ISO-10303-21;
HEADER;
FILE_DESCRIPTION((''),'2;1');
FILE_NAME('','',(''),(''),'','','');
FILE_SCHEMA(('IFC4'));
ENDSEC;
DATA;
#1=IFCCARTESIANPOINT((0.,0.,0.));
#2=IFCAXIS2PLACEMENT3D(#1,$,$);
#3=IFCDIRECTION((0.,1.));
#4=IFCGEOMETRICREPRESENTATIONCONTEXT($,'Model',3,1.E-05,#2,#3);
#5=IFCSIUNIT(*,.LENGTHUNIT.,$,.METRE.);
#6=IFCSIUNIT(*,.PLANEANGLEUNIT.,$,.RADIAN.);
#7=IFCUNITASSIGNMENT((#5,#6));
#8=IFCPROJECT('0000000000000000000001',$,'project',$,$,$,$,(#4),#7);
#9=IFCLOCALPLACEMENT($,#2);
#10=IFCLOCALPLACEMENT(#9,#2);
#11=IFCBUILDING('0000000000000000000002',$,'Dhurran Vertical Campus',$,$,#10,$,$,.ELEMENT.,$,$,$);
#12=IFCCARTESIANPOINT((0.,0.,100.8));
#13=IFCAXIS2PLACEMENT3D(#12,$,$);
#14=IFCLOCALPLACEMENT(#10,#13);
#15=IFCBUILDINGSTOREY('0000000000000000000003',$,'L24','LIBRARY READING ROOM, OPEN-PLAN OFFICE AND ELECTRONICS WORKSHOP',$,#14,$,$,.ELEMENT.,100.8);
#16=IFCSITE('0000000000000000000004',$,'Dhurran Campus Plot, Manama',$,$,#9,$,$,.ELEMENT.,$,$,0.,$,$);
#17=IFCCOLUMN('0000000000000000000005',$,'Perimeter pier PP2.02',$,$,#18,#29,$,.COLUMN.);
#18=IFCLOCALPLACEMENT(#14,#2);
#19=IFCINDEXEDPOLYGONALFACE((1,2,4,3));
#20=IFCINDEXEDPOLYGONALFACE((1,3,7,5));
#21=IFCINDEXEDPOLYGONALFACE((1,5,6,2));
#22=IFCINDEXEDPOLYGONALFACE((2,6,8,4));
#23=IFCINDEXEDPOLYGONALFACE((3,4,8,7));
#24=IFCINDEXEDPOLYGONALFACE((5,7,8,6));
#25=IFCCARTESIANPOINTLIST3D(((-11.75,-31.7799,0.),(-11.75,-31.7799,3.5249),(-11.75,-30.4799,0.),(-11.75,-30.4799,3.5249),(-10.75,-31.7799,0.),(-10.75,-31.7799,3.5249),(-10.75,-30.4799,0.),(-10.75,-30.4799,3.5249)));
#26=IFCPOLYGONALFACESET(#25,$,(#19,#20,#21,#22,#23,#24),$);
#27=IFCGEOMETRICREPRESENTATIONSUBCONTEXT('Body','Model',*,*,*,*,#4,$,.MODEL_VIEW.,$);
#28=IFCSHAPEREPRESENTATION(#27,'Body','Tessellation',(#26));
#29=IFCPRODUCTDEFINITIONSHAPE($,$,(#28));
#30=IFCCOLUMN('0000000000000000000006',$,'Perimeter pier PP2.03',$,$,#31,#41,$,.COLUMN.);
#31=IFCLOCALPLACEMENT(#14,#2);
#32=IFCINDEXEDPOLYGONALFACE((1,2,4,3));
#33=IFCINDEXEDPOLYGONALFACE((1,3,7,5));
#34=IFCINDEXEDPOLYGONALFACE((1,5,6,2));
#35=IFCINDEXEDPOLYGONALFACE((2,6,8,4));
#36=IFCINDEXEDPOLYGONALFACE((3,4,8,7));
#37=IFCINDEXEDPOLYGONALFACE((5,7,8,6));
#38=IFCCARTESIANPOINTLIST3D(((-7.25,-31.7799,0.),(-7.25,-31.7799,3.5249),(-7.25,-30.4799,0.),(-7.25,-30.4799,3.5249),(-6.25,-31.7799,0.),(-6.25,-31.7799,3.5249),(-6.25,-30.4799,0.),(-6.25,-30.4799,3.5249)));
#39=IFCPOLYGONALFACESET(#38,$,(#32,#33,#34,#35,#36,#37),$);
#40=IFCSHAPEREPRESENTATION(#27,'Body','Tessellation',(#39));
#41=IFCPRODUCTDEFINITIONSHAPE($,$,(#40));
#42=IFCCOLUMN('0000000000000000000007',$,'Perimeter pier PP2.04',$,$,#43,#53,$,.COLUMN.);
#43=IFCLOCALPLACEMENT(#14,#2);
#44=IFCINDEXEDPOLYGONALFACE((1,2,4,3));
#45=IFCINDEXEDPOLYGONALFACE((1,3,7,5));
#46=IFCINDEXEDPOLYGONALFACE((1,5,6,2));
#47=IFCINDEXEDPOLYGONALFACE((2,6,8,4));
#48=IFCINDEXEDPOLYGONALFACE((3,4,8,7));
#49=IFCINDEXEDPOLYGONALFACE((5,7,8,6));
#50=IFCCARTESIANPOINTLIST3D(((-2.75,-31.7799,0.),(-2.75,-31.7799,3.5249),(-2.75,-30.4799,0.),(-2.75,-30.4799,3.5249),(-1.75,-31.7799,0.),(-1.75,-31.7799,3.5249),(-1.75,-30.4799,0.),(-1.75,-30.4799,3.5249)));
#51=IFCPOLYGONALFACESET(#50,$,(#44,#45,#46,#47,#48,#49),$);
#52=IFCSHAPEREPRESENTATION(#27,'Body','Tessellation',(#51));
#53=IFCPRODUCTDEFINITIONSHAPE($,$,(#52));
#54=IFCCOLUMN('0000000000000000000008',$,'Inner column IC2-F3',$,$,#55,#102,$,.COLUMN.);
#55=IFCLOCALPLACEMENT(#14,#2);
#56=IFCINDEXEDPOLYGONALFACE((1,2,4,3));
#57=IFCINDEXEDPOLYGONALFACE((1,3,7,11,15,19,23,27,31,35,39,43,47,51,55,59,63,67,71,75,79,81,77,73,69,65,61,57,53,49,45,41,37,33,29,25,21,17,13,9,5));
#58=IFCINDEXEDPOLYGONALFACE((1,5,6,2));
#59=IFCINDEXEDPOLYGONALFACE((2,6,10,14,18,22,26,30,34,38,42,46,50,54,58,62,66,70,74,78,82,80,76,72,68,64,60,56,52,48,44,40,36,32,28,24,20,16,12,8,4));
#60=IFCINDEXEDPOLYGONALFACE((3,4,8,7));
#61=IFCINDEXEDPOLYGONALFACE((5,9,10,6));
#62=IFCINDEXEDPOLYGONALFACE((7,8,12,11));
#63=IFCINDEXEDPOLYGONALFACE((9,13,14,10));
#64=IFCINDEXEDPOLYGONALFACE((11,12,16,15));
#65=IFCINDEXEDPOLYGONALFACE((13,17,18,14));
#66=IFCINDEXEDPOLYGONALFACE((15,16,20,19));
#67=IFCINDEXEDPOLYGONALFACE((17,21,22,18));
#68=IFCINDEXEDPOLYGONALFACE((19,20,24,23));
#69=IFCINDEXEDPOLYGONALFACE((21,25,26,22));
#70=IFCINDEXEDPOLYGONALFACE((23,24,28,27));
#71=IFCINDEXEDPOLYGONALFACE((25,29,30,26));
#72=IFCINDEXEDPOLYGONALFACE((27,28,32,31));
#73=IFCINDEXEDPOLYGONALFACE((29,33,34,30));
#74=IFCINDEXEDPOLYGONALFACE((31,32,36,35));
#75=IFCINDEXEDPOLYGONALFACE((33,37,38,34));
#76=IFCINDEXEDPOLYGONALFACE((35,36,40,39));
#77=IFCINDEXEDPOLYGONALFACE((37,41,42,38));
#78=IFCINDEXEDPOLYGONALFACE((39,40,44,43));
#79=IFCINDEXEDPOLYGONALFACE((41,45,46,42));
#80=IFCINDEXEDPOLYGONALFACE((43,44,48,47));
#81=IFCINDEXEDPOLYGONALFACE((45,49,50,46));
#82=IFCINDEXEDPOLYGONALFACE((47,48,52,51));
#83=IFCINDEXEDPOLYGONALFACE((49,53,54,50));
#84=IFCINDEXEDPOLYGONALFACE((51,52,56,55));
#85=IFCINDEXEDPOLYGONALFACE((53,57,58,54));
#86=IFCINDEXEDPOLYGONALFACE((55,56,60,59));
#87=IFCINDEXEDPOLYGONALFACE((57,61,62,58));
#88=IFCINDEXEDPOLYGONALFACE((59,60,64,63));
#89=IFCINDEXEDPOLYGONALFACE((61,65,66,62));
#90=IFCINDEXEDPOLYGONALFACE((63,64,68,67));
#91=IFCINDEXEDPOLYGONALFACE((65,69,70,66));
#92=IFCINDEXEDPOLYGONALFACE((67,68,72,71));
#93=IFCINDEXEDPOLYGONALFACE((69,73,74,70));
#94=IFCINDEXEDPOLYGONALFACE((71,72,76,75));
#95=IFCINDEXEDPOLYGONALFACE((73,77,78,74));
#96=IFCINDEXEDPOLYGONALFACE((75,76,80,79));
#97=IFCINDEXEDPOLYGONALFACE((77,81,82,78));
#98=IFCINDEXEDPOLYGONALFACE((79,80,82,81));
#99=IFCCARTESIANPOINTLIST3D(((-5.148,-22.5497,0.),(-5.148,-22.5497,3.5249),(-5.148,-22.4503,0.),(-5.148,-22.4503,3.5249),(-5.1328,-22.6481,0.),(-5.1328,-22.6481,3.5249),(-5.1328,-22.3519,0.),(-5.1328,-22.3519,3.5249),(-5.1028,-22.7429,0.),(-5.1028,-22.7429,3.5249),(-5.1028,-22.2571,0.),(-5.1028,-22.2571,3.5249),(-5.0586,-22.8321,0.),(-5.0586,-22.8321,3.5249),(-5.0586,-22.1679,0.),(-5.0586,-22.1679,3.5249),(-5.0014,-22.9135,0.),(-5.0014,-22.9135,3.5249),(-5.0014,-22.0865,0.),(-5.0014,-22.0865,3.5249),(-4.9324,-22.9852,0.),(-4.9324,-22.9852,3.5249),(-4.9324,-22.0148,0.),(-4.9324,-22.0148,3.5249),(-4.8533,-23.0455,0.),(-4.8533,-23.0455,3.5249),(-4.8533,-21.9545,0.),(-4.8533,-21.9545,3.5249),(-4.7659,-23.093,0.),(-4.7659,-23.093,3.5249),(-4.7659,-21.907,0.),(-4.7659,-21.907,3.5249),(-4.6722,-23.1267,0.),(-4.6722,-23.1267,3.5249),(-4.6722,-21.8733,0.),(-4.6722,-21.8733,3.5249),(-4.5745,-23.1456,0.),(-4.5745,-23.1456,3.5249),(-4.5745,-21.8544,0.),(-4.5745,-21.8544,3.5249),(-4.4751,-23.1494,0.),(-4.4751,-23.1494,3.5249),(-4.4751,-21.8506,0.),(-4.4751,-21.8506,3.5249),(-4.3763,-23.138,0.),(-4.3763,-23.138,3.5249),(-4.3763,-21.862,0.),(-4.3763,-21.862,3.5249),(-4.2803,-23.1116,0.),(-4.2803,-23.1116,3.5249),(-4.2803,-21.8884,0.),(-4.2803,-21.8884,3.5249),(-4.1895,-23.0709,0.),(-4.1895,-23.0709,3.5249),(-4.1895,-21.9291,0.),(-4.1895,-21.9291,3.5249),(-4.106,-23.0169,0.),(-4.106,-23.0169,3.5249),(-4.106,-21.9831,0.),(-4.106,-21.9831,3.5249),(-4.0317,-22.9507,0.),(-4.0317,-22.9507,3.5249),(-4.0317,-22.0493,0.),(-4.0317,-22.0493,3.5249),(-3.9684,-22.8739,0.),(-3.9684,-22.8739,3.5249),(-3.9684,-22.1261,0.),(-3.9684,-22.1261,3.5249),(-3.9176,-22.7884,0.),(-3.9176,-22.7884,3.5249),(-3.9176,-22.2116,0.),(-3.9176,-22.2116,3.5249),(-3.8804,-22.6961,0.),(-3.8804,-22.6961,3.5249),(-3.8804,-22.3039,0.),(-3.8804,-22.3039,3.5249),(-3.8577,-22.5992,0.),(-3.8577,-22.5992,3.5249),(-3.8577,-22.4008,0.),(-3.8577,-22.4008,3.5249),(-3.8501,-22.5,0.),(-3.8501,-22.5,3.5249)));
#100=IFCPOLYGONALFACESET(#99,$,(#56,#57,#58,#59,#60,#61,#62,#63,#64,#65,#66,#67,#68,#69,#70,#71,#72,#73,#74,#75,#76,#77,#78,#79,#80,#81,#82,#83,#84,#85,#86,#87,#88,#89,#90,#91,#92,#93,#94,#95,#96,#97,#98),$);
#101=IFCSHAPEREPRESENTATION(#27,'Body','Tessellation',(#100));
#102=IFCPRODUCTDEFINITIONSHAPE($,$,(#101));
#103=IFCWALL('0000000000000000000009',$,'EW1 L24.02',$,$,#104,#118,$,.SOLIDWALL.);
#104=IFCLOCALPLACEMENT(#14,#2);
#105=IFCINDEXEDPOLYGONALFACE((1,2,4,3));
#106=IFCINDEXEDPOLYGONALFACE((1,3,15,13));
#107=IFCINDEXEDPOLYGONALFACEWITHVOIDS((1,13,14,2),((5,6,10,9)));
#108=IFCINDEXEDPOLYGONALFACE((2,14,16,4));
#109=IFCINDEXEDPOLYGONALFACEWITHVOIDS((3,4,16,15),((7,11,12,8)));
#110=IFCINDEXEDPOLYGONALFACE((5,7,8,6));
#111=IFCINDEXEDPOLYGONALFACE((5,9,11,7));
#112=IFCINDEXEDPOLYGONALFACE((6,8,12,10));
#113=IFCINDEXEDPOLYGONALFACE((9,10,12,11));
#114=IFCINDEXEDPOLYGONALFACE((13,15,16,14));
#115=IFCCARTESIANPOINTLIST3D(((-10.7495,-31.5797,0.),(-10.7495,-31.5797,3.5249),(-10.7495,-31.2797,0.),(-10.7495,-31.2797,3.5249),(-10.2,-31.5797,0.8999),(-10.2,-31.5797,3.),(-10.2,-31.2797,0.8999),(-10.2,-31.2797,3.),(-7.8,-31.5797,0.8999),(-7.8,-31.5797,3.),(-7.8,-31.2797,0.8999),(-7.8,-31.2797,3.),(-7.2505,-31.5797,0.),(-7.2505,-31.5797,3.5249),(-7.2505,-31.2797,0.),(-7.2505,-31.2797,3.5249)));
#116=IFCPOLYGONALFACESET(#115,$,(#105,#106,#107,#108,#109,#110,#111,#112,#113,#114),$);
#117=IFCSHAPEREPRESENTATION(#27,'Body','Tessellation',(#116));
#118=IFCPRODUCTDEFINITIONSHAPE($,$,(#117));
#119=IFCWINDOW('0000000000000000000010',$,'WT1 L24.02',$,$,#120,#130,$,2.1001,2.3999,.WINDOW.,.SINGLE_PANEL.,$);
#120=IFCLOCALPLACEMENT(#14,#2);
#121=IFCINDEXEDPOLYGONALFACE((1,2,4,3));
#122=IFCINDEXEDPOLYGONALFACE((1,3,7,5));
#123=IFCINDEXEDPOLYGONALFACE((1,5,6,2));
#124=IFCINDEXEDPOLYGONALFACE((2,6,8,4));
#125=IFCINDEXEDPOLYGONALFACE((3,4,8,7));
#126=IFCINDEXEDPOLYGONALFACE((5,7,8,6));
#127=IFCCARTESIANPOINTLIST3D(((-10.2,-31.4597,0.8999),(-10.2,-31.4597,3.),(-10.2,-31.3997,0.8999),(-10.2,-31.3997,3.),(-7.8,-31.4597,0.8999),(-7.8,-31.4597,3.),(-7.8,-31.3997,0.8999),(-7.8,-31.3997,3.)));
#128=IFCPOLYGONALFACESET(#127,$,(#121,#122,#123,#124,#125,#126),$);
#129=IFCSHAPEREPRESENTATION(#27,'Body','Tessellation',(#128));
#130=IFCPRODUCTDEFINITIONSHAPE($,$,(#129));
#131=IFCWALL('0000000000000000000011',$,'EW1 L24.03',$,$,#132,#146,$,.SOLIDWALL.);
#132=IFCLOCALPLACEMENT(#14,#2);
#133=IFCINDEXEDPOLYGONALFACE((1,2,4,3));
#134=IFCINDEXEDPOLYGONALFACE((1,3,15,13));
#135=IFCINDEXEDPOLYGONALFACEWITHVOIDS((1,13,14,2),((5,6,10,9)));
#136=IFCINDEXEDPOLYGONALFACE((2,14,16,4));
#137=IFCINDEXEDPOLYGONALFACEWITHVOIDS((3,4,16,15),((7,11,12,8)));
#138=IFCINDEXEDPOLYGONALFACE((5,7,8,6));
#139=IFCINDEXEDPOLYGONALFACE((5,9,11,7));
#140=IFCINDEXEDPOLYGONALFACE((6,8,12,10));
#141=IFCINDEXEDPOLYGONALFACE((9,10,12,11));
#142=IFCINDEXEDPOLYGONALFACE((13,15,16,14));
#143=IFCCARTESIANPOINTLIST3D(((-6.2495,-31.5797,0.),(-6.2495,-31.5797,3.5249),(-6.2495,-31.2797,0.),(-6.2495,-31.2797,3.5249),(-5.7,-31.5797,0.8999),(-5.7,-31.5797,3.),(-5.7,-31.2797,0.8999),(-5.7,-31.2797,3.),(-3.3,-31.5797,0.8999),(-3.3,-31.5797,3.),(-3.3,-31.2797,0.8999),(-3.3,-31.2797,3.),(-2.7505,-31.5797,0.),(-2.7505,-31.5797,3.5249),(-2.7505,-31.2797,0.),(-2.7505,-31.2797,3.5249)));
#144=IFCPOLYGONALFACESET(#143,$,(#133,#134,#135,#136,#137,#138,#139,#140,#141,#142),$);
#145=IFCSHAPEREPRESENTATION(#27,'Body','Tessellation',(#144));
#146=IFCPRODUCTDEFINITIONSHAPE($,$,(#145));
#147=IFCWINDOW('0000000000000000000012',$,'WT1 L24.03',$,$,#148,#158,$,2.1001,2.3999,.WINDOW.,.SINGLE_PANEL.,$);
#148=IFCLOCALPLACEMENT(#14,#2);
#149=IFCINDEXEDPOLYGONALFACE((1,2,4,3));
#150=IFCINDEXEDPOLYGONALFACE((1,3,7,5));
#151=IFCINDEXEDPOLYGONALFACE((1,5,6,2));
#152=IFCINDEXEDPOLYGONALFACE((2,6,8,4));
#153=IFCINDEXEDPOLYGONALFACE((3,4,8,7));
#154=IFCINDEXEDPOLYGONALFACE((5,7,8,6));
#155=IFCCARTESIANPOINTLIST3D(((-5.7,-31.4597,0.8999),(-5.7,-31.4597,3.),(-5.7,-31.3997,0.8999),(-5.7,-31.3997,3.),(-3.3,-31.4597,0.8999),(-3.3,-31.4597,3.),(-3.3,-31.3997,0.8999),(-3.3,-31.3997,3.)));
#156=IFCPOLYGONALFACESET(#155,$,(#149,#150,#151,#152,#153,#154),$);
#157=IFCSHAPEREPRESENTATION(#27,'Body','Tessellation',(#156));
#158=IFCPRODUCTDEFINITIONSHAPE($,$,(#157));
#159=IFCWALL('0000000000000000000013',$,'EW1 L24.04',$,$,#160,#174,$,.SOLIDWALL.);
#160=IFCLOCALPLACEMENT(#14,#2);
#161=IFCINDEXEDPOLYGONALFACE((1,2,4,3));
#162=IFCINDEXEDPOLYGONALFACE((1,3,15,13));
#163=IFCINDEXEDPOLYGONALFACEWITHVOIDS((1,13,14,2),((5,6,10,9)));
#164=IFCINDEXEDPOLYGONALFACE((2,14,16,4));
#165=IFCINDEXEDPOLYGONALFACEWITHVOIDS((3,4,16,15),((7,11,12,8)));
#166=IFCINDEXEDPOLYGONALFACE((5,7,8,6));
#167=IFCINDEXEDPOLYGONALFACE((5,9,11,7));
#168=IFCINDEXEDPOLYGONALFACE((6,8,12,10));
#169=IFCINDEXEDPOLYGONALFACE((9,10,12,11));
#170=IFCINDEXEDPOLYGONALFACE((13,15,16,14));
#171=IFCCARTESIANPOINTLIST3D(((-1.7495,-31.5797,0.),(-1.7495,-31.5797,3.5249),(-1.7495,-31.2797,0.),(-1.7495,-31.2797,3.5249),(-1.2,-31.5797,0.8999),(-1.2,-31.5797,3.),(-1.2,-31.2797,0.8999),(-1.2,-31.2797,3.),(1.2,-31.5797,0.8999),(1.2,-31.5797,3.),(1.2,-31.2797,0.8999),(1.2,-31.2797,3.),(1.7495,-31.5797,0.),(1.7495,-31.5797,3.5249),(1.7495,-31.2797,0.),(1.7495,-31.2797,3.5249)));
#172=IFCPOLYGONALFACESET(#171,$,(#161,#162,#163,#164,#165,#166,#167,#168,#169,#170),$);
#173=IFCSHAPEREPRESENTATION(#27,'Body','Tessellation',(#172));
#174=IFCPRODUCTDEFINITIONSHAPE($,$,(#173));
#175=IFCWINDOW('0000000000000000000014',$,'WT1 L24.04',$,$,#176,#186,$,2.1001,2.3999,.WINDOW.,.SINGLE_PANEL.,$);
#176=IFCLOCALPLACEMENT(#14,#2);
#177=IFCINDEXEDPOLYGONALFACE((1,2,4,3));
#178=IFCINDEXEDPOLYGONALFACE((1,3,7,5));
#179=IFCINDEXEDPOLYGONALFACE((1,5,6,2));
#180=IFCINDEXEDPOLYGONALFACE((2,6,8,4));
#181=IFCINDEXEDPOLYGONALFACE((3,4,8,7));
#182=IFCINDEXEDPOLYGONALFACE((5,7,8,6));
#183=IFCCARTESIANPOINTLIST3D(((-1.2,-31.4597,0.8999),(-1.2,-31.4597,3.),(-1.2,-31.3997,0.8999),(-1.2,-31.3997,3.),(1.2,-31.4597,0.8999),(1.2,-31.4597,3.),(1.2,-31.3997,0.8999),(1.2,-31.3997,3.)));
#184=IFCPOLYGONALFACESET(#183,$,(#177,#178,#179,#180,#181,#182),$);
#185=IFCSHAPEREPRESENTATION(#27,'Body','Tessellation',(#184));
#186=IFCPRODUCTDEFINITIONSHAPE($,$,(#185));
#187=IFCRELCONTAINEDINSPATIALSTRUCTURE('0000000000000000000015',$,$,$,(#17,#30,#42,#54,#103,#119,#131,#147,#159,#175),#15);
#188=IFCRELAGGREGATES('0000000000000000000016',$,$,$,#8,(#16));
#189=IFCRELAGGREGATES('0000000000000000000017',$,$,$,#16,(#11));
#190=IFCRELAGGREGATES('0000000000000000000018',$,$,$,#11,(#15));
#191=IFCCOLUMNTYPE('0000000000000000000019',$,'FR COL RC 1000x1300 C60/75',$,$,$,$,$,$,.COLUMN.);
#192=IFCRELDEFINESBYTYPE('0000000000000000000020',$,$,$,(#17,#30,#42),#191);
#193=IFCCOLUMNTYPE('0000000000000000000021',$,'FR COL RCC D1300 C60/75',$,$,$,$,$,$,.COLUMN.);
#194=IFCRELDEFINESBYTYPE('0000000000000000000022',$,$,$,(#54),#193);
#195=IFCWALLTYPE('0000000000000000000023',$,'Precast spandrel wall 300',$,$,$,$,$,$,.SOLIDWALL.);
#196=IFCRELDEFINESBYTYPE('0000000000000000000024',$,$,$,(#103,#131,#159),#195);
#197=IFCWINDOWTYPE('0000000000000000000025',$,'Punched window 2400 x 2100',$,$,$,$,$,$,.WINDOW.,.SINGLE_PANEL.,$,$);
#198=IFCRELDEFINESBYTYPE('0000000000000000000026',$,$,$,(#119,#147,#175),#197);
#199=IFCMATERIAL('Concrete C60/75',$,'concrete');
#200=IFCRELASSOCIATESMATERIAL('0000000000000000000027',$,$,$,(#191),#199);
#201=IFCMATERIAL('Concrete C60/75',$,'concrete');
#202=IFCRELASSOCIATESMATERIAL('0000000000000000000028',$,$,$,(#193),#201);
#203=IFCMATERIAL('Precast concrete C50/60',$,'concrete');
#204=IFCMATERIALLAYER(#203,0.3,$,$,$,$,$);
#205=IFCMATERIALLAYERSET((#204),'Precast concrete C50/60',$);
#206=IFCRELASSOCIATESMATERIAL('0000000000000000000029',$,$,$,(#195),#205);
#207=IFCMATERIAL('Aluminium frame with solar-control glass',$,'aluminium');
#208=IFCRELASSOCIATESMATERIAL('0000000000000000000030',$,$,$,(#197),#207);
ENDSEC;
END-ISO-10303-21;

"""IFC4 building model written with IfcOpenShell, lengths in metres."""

from ifc_helpers import new_model, si_unit, direction, frame, frame_2d, origin, origin_2d, place, context, subcontext, project, spatial, rectangle, circle, extrude, material, layer, layer_set, material_profile, profile_set, type_object, element, fill, save


model = new_model("IFC4")

# Units and contexts
model_context = context("Model", 3, precision=1e-05, world=origin(), true_north=direction((0.0, 1.0)))
body_context = subcontext(model_context, "Body", "Model", "MODEL_VIEW")
ifc_project = project(units=[si_unit("LENGTHUNIT", "METRE"), si_unit("PLANEANGLEUNIT", "RADIAN")], contexts=[model_context])

# Site, building, storey
site_placement = place(None, origin())
site = spatial("IfcSite", under=ifc_project, at=site_placement, Name="Dhurran Campus Plot, Manama", CompositionType="ELEMENT", RefElevation=0.0)
building_placement = place(site_placement, origin())
building = spatial("IfcBuilding", under=site, at=building_placement, Name="Dhurran Vertical Campus", CompositionType="ELEMENT")
storey_placement = place(building_placement, frame((0.0, 0.0, 100.8)))
storey = spatial("IfcBuildingStorey", under=building, at=storey_placement, Name="L24", Description="LIBRARY READING ROOM, OPEN-PLAN OFFICE AND ELECTRONICS WORKSHOP", CompositionType="ELEMENT", Elevation=100.8)

# Columns
ifc_material_1 = material(Name="Concrete C60/75", Category="concrete")
ifc_material_profile_1 = material_profile(ifc_material_1, rectangle(XDim=1.0, YDim=1.3, at=origin_2d()), Name="RC 1000x1300")
ifc_profile_set_1 = profile_set([ifc_material_profile_1], Name="Concrete C60/75")
column_type_1 = type_object("IfcColumnType", Name="FR COL RC 1000x1300 C60/75", PredefinedType="COLUMN", material=ifc_profile_set_1)
for number, where, z_axis, x_axis, name in (
    (1, (-11.25, -31.1299, 0.0), (0.0, 0.0, 1.0), (1.0, 0.0, 0.0), "Perimeter pier PP2.02"),
    (2, (-6.75, -31.1299, 0.0), (0.0, 0.0, 1.0), (1.0, 0.0, 0.0), "Perimeter pier PP2.03"),
    (3, (-2.25, -31.1299, 0.0), (0.0, 0.0, 1.0), (1.0, 0.0, 0.0), "Perimeter pier PP2.04"),
):
    element("IfcColumn", number, at=place(storey_placement, frame(where, z_axis=z_axis, x_axis=x_axis)), inside=storey, type_object=column_type_1, Name=name, PredefinedType="COLUMN", context=body_context, shape_type="SweptSolid", body=[
        extrude(rectangle(XDim=1.0, YDim=1.3, at=origin_2d()), origin(), (0.0, 0.0, 1.0), 3.5249),
    ])
ifc_material_2 = material(Name="Concrete C60/75", Category="concrete")
ifc_material_profile_2 = material_profile(ifc_material_2, circle(Radius=0.6499, at=origin_2d()), Name="RCC D1300")
ifc_profile_set_2 = profile_set([ifc_material_profile_2], Name="Concrete C60/75")
column_type_2 = type_object("IfcColumnType", Name="FR COL RCC D1300 C60/75", PredefinedType="COLUMN", material=ifc_profile_set_2)
column_placement = place(storey_placement, frame((-4.5, -22.5, 0.0), z_axis=(0.0, 0.0, 1.0), x_axis=(1.0, 0.0, 0.0)))
element("IfcColumn", 4, at=column_placement, inside=storey, type_object=column_type_2, Name="Inner column IC2-F3", PredefinedType="COLUMN", context=body_context, shape_type="SweptSolid", body=[
    extrude(circle(Radius=0.6499, at=origin_2d()), origin(), (0.0, 0.0, 1.0), 3.5249),
])

# Walls, openings, windows
ifc_material_3 = material(Name="Precast concrete C50/60", Category="concrete")
ifc_layer_1 = layer(ifc_material_3, 0.3)
ifc_layer_set_1 = layer_set([ifc_layer_1], Name="Precast concrete C50/60")
wall_type_1 = type_object("IfcWallType", Name="Precast spandrel wall 300", PredefinedType="SOLIDWALL", material=ifc_layer_set_1)
wall_1_placement = place(storey_placement, frame((-10.7495, -31.4297, 0.0), z_axis=(0.0, 0.0, 1.0), x_axis=(1.0, 0.0, 0.0)))
wall_1 = element("IfcWall", 5, at=wall_1_placement, inside=storey, type_object=wall_type_1, Name="EW1 L24.02", PredefinedType="SOLIDWALL", context=body_context, shape_type="SweptSolid", body=[
    extrude(rectangle(XDim=3.499, YDim=0.3, at=frame_2d((1.7495, 0.0))), origin(), (0.0, 0.0, 1.0), 3.5249),
])
opening_1_placement = place(wall_1_placement, frame((0.5496, 0.0, 0.8999)))
opening_1 = element("IfcOpeningElement", 6, at=opening_1_placement, cuts=wall_1, PredefinedType="OPENING", context=body_context, shape_type="SweptSolid", body=[
    extrude(rectangle(XDim=2.3999, YDim=2.1001, at=frame_2d((1.2, 1.05))), frame((0.0, 0.1599, 0.0), z_axis=(0.0, -1.0, 0.0), x_axis=(1.0, 0.0, 0.0)), (0.0, 0.0, 1.0), 0.3201),
])
ifc_material_4 = material(Name="Aluminium frame with solar-control glass", Category="aluminium")
window_type = type_object("IfcWindowType", Name="Punched window 2400 x 2100", PartitioningType="SINGLE_PANEL", PredefinedType="WINDOW", material=ifc_material_4)
window_1_placement = place(opening_1_placement, origin())
window_1 = element("IfcWindow", 7, at=window_1_placement, inside=storey, type_object=window_type, Name="WT1 L24.02", OverallHeight=2.1001, OverallWidth=2.3999, PartitioningType="SINGLE_PANEL", PredefinedType="WINDOW", context=body_context, shape_type="SweptSolid", body=[
    extrude(rectangle(XDim=2.3999, YDim=2.1001, at=frame_2d((1.2, 1.05))), frame((0.0, 0.03, 0.0), z_axis=(0.0, -1.0, 0.0), x_axis=(1.0, 0.0, 0.0)), (0.0, 0.0, 1.0), 0.0601),
])
fill(opening_1, window_1)
wall_2_placement = place(storey_placement, frame((-6.2495, -31.4297, 0.0), z_axis=(0.0, 0.0, 1.0), x_axis=(1.0, 0.0, 0.0)))
wall_2 = element("IfcWall", 8, at=wall_2_placement, inside=storey, type_object=wall_type_1, Name="EW1 L24.03", PredefinedType="SOLIDWALL", context=body_context, shape_type="SweptSolid", body=[
    extrude(rectangle(XDim=3.499, YDim=0.3, at=frame_2d((1.7495, 0.0))), origin(), (0.0, 0.0, 1.0), 3.5249),
])
opening_2_placement = place(wall_2_placement, frame((0.5496, 0.0, 0.8999)))
opening_2 = element("IfcOpeningElement", 9, at=opening_2_placement, cuts=wall_2, PredefinedType="OPENING", context=body_context, shape_type="SweptSolid", body=[
    extrude(rectangle(XDim=2.3999, YDim=2.1001, at=frame_2d((1.2, 1.05))), frame((0.0, 0.1599, 0.0), z_axis=(0.0, -1.0, 0.0), x_axis=(1.0, 0.0, 0.0)), (0.0, 0.0, 1.0), 0.3201),
])
window_2_placement = place(opening_2_placement, origin())
window_2 = element("IfcWindow", 10, at=window_2_placement, inside=storey, type_object=window_type, Name="WT1 L24.03", OverallHeight=2.1001, OverallWidth=2.3999, PartitioningType="SINGLE_PANEL", PredefinedType="WINDOW", context=body_context, shape_type="SweptSolid", body=[
    extrude(rectangle(XDim=2.3999, YDim=2.1001, at=frame_2d((1.2, 1.05))), frame((0.0, 0.03, 0.0), z_axis=(0.0, -1.0, 0.0), x_axis=(1.0, 0.0, 0.0)), (0.0, 0.0, 1.0), 0.0601),
])
fill(opening_2, window_2)
wall_3_placement = place(storey_placement, frame((-1.7495, -31.4297, 0.0), z_axis=(0.0, 0.0, 1.0), x_axis=(1.0, 0.0, 0.0)))
wall_3 = element("IfcWall", 11, at=wall_3_placement, inside=storey, type_object=wall_type_1, Name="EW1 L24.04", PredefinedType="SOLIDWALL", context=body_context, shape_type="SweptSolid", body=[
    extrude(rectangle(XDim=3.499, YDim=0.3, at=frame_2d((1.7495, 0.0))), origin(), (0.0, 0.0, 1.0), 3.5249),
])
opening_3_placement = place(wall_3_placement, frame((0.5496, 0.0, 0.8999)))
opening_3 = element("IfcOpeningElement", 12, at=opening_3_placement, cuts=wall_3, PredefinedType="OPENING", context=body_context, shape_type="SweptSolid", body=[
    extrude(rectangle(XDim=2.3999, YDim=2.1001, at=frame_2d((1.2, 1.05))), frame((0.0, 0.1599, 0.0), z_axis=(0.0, -1.0, 0.0), x_axis=(1.0, 0.0, 0.0)), (0.0, 0.0, 1.0), 0.3201),
])
window_3_placement = place(opening_3_placement, origin())
window_3 = element("IfcWindow", 13, at=window_3_placement, inside=storey, type_object=window_type, Name="WT1 L24.04", OverallHeight=2.1001, OverallWidth=2.3999, PartitioningType="SINGLE_PANEL", PredefinedType="WINDOW", context=body_context, shape_type="SweptSolid", body=[
    extrude(rectangle(XDim=2.3999, YDim=2.1001, at=frame_2d((1.2, 1.05))), frame((0.0, 0.03, 0.0), z_axis=(0.0, -1.0, 0.0), x_axis=(1.0, 0.0, 0.0)), (0.0, 0.0, 1.0), 0.0601),
])
fill(opening_3, window_3)

save(model, "model.ifc")
